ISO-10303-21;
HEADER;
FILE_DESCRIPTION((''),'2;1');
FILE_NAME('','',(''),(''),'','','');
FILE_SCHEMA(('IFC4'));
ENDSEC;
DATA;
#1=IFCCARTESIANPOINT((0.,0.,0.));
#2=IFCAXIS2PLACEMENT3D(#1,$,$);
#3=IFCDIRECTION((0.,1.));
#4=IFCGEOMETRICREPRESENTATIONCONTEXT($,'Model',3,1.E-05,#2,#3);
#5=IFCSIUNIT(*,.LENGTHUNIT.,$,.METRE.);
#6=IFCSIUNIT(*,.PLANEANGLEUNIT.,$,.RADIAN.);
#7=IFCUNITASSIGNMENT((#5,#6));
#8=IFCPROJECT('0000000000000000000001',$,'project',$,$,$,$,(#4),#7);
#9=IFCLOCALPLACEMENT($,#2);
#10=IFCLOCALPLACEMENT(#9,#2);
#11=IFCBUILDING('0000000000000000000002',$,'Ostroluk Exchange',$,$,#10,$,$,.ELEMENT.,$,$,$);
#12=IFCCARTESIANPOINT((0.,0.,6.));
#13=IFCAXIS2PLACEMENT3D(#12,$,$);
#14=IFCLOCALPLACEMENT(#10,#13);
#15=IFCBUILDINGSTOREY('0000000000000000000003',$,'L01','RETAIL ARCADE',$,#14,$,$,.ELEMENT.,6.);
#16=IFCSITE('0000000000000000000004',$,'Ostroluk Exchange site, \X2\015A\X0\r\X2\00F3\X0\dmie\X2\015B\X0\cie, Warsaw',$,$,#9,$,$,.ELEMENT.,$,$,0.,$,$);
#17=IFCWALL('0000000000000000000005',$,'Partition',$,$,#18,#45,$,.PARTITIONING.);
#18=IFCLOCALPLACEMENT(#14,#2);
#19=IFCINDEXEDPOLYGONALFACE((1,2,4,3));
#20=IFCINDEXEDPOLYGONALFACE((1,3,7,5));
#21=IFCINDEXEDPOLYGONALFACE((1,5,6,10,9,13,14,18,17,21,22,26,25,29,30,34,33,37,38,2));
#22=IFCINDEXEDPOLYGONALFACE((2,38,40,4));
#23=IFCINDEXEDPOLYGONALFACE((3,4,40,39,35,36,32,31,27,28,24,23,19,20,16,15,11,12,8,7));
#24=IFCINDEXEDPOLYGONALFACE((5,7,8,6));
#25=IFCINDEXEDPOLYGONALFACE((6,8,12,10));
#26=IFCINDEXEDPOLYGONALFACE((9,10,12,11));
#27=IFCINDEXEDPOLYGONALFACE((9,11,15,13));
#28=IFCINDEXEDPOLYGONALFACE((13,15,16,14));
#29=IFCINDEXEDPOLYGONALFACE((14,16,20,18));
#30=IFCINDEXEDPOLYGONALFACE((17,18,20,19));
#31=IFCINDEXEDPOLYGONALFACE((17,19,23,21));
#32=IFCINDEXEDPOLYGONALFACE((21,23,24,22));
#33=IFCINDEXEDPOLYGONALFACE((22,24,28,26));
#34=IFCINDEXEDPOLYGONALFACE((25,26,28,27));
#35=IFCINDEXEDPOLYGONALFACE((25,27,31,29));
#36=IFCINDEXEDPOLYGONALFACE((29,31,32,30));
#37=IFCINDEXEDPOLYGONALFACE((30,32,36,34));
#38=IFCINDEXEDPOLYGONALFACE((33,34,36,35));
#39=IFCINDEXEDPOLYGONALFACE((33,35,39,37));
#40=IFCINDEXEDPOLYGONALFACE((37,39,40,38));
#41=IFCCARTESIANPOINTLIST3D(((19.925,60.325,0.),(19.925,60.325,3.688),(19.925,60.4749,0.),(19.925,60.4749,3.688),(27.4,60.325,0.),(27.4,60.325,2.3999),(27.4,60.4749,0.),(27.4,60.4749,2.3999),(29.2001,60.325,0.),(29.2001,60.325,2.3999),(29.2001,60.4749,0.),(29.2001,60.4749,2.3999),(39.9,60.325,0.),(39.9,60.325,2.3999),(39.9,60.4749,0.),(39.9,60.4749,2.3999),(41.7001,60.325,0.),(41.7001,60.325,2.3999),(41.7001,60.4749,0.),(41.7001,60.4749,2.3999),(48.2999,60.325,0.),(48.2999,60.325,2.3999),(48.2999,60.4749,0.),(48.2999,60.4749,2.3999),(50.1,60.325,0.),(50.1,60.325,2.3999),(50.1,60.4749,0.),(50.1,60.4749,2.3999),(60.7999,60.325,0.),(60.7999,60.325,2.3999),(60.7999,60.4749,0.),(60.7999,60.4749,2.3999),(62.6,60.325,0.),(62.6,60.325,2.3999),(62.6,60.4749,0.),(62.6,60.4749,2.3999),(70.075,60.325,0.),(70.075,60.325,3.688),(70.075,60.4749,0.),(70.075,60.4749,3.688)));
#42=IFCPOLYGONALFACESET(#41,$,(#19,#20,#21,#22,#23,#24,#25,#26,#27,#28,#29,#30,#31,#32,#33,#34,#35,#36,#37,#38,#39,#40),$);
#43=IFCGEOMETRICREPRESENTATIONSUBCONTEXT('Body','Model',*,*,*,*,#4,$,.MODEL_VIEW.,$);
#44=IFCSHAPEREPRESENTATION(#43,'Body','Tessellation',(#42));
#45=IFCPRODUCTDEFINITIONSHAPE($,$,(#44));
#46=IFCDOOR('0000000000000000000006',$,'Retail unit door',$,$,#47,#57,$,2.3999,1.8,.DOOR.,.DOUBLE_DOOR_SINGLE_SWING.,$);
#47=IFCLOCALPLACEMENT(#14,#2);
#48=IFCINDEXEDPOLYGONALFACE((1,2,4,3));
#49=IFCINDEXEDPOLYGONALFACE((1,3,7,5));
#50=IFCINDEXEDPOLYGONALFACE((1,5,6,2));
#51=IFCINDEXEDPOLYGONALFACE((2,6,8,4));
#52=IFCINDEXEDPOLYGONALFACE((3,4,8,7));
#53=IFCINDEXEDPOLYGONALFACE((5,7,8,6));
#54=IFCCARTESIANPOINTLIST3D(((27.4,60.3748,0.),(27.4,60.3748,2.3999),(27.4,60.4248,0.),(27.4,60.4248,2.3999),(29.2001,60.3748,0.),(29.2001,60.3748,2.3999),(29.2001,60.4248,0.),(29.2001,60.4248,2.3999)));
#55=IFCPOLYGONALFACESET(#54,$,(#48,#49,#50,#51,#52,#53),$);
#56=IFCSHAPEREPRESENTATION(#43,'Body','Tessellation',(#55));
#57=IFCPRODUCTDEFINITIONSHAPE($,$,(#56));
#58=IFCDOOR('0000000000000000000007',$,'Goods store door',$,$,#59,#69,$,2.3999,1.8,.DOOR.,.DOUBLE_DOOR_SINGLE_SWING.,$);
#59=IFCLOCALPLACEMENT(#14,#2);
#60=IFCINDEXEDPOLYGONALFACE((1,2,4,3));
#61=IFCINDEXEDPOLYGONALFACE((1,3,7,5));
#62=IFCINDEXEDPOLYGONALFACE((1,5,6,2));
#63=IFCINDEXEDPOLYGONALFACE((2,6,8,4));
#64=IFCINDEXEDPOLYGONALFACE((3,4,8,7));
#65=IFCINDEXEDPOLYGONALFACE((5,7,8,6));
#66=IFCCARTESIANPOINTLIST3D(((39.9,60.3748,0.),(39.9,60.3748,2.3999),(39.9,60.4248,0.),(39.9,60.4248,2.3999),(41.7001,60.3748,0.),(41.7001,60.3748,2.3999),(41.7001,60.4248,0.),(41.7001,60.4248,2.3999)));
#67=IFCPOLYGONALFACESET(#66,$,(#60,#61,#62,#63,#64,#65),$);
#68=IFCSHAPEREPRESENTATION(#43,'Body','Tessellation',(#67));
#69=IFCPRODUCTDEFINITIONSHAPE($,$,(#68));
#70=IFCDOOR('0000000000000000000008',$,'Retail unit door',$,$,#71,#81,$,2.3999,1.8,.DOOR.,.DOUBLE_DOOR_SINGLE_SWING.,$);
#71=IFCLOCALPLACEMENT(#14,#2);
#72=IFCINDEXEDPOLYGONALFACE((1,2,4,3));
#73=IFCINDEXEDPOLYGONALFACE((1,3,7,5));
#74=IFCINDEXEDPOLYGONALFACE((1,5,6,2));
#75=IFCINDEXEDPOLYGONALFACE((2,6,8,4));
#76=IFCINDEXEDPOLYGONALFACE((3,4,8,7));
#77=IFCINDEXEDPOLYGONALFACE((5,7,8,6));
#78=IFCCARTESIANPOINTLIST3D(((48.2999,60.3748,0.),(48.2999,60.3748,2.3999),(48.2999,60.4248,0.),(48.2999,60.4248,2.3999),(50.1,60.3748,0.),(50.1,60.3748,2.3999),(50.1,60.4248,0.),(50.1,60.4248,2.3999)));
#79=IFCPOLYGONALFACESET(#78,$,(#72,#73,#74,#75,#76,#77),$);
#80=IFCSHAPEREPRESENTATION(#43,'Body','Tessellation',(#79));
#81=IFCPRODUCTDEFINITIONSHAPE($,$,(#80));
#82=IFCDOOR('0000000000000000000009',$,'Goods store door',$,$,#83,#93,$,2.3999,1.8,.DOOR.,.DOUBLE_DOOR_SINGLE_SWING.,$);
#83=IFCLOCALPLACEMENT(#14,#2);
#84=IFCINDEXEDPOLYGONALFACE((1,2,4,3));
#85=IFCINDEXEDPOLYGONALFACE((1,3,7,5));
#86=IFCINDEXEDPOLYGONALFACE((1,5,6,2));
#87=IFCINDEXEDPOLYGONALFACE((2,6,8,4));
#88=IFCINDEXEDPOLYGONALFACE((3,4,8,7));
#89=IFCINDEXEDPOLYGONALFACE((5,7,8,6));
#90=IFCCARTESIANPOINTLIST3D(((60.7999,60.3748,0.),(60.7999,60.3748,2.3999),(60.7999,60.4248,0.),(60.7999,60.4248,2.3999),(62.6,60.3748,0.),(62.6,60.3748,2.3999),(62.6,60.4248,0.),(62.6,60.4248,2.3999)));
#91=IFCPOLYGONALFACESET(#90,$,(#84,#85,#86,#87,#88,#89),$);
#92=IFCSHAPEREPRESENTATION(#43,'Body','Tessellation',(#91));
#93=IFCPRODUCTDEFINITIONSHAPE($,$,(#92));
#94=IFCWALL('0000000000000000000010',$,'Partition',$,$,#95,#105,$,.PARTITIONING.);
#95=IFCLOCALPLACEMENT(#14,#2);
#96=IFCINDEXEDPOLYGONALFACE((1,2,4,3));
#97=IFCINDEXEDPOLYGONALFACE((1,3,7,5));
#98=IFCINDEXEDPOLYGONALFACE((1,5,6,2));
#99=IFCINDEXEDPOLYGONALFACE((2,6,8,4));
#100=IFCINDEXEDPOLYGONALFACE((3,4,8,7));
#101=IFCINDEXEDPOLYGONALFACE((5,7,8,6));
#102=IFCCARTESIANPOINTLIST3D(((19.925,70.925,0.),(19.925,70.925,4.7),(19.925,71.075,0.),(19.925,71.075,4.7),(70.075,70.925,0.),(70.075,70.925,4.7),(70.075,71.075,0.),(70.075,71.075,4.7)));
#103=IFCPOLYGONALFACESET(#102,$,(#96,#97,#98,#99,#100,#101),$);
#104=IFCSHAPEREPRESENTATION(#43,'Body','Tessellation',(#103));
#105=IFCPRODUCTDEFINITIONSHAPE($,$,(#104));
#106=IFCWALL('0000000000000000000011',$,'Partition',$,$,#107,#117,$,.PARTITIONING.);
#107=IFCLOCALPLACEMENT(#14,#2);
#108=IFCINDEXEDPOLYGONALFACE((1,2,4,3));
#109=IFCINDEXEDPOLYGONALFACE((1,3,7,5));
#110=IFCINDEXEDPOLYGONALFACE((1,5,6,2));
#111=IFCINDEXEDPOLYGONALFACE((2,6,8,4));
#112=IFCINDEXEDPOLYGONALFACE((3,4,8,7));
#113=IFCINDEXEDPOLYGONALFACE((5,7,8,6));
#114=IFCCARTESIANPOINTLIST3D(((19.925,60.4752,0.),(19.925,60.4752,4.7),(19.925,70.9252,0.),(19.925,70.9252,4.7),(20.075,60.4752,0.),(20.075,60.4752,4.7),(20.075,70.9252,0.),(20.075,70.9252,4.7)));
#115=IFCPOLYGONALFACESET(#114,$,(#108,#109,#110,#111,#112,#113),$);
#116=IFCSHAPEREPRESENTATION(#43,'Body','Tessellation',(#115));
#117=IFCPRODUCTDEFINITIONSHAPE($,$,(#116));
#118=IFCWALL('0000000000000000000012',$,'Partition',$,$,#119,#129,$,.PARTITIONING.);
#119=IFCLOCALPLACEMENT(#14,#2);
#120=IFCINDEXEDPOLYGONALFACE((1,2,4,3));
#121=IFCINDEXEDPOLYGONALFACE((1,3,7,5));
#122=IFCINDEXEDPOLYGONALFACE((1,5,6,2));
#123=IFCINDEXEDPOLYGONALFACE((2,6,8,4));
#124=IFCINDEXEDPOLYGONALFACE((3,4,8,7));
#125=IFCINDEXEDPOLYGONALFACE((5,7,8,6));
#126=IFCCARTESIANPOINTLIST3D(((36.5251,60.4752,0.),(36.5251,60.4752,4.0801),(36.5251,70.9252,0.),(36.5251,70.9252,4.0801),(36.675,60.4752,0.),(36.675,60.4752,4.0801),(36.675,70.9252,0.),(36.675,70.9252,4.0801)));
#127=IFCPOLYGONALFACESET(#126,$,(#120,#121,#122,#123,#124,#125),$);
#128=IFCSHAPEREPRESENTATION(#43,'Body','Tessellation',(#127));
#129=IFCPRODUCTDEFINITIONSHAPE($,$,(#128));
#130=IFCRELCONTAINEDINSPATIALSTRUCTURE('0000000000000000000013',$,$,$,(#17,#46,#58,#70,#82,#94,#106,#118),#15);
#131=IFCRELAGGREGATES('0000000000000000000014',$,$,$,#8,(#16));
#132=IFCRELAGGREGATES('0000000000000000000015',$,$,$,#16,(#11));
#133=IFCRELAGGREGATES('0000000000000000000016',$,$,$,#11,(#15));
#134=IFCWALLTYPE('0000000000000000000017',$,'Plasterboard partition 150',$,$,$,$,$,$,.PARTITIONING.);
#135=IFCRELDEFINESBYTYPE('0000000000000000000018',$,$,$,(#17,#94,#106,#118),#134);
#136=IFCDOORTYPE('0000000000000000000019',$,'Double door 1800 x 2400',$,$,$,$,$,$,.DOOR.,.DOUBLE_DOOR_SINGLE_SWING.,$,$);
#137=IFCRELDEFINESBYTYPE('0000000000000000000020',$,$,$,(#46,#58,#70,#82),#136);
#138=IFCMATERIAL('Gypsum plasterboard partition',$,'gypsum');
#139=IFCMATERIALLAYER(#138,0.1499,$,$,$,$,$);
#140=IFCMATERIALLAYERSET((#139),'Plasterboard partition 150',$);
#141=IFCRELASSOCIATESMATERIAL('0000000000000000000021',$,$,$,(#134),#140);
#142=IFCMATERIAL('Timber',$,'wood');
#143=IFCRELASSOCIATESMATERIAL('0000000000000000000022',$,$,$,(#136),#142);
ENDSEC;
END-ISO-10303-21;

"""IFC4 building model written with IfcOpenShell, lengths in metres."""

from ifc_helpers import new_model, si_unit, direction, frame, frame_2d, origin, place, context, subcontext, project, spatial, rectangle, extrude, material, layer, layer_set, type_object, element, fill, save


model = new_model("IFC4")

# Units and contexts
model_context = context("Model", 3, precision=1e-05, world=origin(), true_north=direction((0.0, 1.0)))
body_context = subcontext(model_context, "Body", "Model", "MODEL_VIEW")
ifc_project = project(units=[si_unit("LENGTHUNIT", "METRE"), si_unit("PLANEANGLEUNIT", "RADIAN")], contexts=[model_context])

# Site, building, storey
site_placement = place(None, origin())
site = spatial("IfcSite", under=ifc_project, at=site_placement, Name="Ostroluk Exchange site, Śródmieście, Warsaw", CompositionType="ELEMENT", RefElevation=0.0)
building_placement = place(site_placement, origin())
building = spatial("IfcBuilding", under=site, at=building_placement, Name="Ostroluk Exchange", CompositionType="ELEMENT")
storey_placement = place(building_placement, frame((0.0, 0.0, 6.0)))
storey = spatial("IfcBuildingStorey", under=building, at=storey_placement, Name="L01", Description="RETAIL ARCADE", CompositionType="ELEMENT", Elevation=6.0)

# Wall, openings, doors
ifc_material_1 = material(Name="Gypsum plasterboard partition", Category="gypsum")
ifc_layer_1 = layer(ifc_material_1, 0.1499)
ifc_layer_set_1 = layer_set([ifc_layer_1], Name="Plasterboard partition 150")
wall_type_1 = type_object("IfcWallType", Name="Plasterboard partition 150", PredefinedType="PARTITIONING", material=ifc_layer_set_1)
ifc_material_2 = material(Name="Timber", Category="wood")
door_type_1 = type_object("IfcDoorType", Name="Double door 1800 x 2400", OperationType="DOUBLE_DOOR_SINGLE_SWING", PredefinedType="DOOR", material=ifc_material_2)
wall_1_placement = place(storey_placement, frame((19.925, 60.3999, 0.0), z_axis=(0.0, 0.0, 1.0), x_axis=(1.0, 0.0, 0.0)))
wall_1 = element("IfcWall", 1, at=wall_1_placement, inside=storey, type_object=wall_type_1, Name="Partition", PredefinedType="PARTITIONING", context=body_context, shape_type="SweptSolid", body=[
    extrude(rectangle(XDim=50.1499, YDim=0.1499, at=frame_2d((25.075, 0.0))), origin(), (0.0, 0.0, 1.0), 3.688),
])
opening_1_placement = place(wall_1_placement, frame((7.4751, 0.0, 0.0)))
opening_1 = element("IfcOpeningElement", 2, at=opening_1_placement, cuts=wall_1, PredefinedType="OPENING", context=body_context, shape_type="SweptSolid", body=[
    extrude(rectangle(XDim=1.8, YDim=2.3999, at=frame_2d((0.8999, 1.2))), frame((0.0, 0.085, 0.0), z_axis=(0.0, -1.0, 0.0), x_axis=(1.0, 0.0, 0.0)), (0.0, 0.0, 1.0), 0.1699),
])
opening_2_placement = place(wall_1_placement, frame((19.9751, 0.0, 0.0)))
opening_2 = element("IfcOpeningElement", 3, at=opening_2_placement, cuts=wall_1, PredefinedType="OPENING", context=body_context, shape_type="SweptSolid", body=[
    extrude(rectangle(XDim=1.8, YDim=2.3999, at=frame_2d((0.8999, 1.2))), frame((0.0, 0.085, 0.0), z_axis=(0.0, -1.0, 0.0), x_axis=(1.0, 0.0, 0.0)), (0.0, 0.0, 1.0), 0.1699),
])
opening_3_placement = place(wall_1_placement, frame((28.375, 0.0, 0.0)))
opening_3 = element("IfcOpeningElement", 4, at=opening_3_placement, cuts=wall_1, PredefinedType="OPENING", context=body_context, shape_type="SweptSolid", body=[
    extrude(rectangle(XDim=1.8, YDim=2.3999, at=frame_2d((0.8999, 1.2))), frame((0.0, 0.085, 0.0), z_axis=(0.0, -1.0, 0.0), x_axis=(1.0, 0.0, 0.0)), (0.0, 0.0, 1.0), 0.1699),
])
opening_4_placement = place(wall_1_placement, frame((40.875, 0.0, 0.0)))
opening_4 = element("IfcOpeningElement", 5, at=opening_4_placement, cuts=wall_1, PredefinedType="OPENING", context=body_context, shape_type="SweptSolid", body=[
    extrude(rectangle(XDim=1.8, YDim=2.3999, at=frame_2d((0.8999, 1.2))), frame((0.0, 0.085, 0.0), z_axis=(0.0, -1.0, 0.0), x_axis=(1.0, 0.0, 0.0)), (0.0, 0.0, 1.0), 0.1699),
])
door_1_placement = place(opening_1_placement, origin())
door_1 = element("IfcDoor", 6, at=door_1_placement, inside=storey, type_object=door_type_1, Name="Retail unit door", OperationType="DOUBLE_DOOR_SINGLE_SWING", OverallHeight=2.3999, OverallWidth=1.8, PredefinedType="DOOR", context=body_context, shape_type="SweptSolid", body=[
    extrude(rectangle(XDim=1.8, YDim=2.3999, at=frame_2d((0.8999, 1.2))), frame((0.0, 0.0249, 0.0), z_axis=(0.0, -1.0, 0.0), x_axis=(1.0, 0.0, 0.0)), (0.0, 0.0, 1.0), 0.05),
])
fill(opening_1, door_1)
door_2_placement = place(opening_2_placement, origin())
door_2 = element("IfcDoor", 7, at=door_2_placement, inside=storey, type_object=door_type_1, Name="Goods store door", OperationType="DOUBLE_DOOR_SINGLE_SWING", OverallHeight=2.3999, OverallWidth=1.8, PredefinedType="DOOR", context=body_context, shape_type="SweptSolid", body=[
    extrude(rectangle(XDim=1.8, YDim=2.3999, at=frame_2d((0.8999, 1.2))), frame((0.0, 0.0249, 0.0), z_axis=(0.0, -1.0, 0.0), x_axis=(1.0, 0.0, 0.0)), (0.0, 0.0, 1.0), 0.05),
])
fill(opening_2, door_2)
door_3_placement = place(opening_3_placement, origin())
door_3 = element("IfcDoor", 8, at=door_3_placement, inside=storey, type_object=door_type_1, Name="Retail unit door", OperationType="DOUBLE_DOOR_SINGLE_SWING", OverallHeight=2.3999, OverallWidth=1.8, PredefinedType="DOOR", context=body_context, shape_type="SweptSolid", body=[
    extrude(rectangle(XDim=1.8, YDim=2.3999, at=frame_2d((0.8999, 1.2))), frame((0.0, 0.0249, 0.0), z_axis=(0.0, -1.0, 0.0), x_axis=(1.0, 0.0, 0.0)), (0.0, 0.0, 1.0), 0.05),
])
fill(opening_3, door_3)
door_4_placement = place(opening_4_placement, origin())
door_4 = element("IfcDoor", 9, at=door_4_placement, inside=storey, type_object=door_type_1, Name="Goods store door", OperationType="DOUBLE_DOOR_SINGLE_SWING", OverallHeight=2.3999, OverallWidth=1.8, PredefinedType="DOOR", context=body_context, shape_type="SweptSolid", body=[
    extrude(rectangle(XDim=1.8, YDim=2.3999, at=frame_2d((0.8999, 1.2))), frame((0.0, 0.0249, 0.0), z_axis=(0.0, -1.0, 0.0), x_axis=(1.0, 0.0, 0.0)), (0.0, 0.0, 1.0), 0.05),
])
fill(opening_4, door_4)

# Walls
wall_2_placement = place(storey_placement, frame((19.925, 71.0, 0.0), z_axis=(0.0, 0.0, 1.0), x_axis=(1.0, 0.0, 0.0)))
element("IfcWall", 10, at=wall_2_placement, inside=storey, type_object=wall_type_1, Name="Partition", PredefinedType="PARTITIONING", context=body_context, shape_type="SweptSolid", body=[
    extrude(rectangle(XDim=50.1499, YDim=0.1499, at=frame_2d((25.075, 0.0))), origin(), (0.0, 0.0, 1.0), 4.7),
])
wall_3_placement = place(storey_placement, frame((20.0, 60.4751, 0.0), z_axis=(0.0, 0.0, 1.0), x_axis=(0.0, 1.0, 0.0)))
element("IfcWall", 11, at=wall_3_placement, inside=storey, type_object=wall_type_1, Name="Partition", PredefinedType="PARTITIONING", context=body_context, shape_type="SweptSolid", body=[
    extrude(rectangle(XDim=10.45, YDim=0.1499, at=frame_2d((5.2251, 0.0))), origin(), (0.0, 0.0, 1.0), 4.7),
])
wall_4_placement = place(storey_placement, frame((36.6001, 60.4751, 0.0), z_axis=(0.0, 0.0, 1.0), x_axis=(0.0, 1.0, 0.0)))
element("IfcWall", 12, at=wall_4_placement, inside=storey, type_object=wall_type_1, Name="Partition", PredefinedType="PARTITIONING", context=body_context, shape_type="SweptSolid", body=[
    extrude(rectangle(XDim=10.45, YDim=0.1499, at=frame_2d((5.2251, 0.0))), origin(), (0.0, 0.0, 1.0), 4.0801),
])

save(model, "model.ifc")
